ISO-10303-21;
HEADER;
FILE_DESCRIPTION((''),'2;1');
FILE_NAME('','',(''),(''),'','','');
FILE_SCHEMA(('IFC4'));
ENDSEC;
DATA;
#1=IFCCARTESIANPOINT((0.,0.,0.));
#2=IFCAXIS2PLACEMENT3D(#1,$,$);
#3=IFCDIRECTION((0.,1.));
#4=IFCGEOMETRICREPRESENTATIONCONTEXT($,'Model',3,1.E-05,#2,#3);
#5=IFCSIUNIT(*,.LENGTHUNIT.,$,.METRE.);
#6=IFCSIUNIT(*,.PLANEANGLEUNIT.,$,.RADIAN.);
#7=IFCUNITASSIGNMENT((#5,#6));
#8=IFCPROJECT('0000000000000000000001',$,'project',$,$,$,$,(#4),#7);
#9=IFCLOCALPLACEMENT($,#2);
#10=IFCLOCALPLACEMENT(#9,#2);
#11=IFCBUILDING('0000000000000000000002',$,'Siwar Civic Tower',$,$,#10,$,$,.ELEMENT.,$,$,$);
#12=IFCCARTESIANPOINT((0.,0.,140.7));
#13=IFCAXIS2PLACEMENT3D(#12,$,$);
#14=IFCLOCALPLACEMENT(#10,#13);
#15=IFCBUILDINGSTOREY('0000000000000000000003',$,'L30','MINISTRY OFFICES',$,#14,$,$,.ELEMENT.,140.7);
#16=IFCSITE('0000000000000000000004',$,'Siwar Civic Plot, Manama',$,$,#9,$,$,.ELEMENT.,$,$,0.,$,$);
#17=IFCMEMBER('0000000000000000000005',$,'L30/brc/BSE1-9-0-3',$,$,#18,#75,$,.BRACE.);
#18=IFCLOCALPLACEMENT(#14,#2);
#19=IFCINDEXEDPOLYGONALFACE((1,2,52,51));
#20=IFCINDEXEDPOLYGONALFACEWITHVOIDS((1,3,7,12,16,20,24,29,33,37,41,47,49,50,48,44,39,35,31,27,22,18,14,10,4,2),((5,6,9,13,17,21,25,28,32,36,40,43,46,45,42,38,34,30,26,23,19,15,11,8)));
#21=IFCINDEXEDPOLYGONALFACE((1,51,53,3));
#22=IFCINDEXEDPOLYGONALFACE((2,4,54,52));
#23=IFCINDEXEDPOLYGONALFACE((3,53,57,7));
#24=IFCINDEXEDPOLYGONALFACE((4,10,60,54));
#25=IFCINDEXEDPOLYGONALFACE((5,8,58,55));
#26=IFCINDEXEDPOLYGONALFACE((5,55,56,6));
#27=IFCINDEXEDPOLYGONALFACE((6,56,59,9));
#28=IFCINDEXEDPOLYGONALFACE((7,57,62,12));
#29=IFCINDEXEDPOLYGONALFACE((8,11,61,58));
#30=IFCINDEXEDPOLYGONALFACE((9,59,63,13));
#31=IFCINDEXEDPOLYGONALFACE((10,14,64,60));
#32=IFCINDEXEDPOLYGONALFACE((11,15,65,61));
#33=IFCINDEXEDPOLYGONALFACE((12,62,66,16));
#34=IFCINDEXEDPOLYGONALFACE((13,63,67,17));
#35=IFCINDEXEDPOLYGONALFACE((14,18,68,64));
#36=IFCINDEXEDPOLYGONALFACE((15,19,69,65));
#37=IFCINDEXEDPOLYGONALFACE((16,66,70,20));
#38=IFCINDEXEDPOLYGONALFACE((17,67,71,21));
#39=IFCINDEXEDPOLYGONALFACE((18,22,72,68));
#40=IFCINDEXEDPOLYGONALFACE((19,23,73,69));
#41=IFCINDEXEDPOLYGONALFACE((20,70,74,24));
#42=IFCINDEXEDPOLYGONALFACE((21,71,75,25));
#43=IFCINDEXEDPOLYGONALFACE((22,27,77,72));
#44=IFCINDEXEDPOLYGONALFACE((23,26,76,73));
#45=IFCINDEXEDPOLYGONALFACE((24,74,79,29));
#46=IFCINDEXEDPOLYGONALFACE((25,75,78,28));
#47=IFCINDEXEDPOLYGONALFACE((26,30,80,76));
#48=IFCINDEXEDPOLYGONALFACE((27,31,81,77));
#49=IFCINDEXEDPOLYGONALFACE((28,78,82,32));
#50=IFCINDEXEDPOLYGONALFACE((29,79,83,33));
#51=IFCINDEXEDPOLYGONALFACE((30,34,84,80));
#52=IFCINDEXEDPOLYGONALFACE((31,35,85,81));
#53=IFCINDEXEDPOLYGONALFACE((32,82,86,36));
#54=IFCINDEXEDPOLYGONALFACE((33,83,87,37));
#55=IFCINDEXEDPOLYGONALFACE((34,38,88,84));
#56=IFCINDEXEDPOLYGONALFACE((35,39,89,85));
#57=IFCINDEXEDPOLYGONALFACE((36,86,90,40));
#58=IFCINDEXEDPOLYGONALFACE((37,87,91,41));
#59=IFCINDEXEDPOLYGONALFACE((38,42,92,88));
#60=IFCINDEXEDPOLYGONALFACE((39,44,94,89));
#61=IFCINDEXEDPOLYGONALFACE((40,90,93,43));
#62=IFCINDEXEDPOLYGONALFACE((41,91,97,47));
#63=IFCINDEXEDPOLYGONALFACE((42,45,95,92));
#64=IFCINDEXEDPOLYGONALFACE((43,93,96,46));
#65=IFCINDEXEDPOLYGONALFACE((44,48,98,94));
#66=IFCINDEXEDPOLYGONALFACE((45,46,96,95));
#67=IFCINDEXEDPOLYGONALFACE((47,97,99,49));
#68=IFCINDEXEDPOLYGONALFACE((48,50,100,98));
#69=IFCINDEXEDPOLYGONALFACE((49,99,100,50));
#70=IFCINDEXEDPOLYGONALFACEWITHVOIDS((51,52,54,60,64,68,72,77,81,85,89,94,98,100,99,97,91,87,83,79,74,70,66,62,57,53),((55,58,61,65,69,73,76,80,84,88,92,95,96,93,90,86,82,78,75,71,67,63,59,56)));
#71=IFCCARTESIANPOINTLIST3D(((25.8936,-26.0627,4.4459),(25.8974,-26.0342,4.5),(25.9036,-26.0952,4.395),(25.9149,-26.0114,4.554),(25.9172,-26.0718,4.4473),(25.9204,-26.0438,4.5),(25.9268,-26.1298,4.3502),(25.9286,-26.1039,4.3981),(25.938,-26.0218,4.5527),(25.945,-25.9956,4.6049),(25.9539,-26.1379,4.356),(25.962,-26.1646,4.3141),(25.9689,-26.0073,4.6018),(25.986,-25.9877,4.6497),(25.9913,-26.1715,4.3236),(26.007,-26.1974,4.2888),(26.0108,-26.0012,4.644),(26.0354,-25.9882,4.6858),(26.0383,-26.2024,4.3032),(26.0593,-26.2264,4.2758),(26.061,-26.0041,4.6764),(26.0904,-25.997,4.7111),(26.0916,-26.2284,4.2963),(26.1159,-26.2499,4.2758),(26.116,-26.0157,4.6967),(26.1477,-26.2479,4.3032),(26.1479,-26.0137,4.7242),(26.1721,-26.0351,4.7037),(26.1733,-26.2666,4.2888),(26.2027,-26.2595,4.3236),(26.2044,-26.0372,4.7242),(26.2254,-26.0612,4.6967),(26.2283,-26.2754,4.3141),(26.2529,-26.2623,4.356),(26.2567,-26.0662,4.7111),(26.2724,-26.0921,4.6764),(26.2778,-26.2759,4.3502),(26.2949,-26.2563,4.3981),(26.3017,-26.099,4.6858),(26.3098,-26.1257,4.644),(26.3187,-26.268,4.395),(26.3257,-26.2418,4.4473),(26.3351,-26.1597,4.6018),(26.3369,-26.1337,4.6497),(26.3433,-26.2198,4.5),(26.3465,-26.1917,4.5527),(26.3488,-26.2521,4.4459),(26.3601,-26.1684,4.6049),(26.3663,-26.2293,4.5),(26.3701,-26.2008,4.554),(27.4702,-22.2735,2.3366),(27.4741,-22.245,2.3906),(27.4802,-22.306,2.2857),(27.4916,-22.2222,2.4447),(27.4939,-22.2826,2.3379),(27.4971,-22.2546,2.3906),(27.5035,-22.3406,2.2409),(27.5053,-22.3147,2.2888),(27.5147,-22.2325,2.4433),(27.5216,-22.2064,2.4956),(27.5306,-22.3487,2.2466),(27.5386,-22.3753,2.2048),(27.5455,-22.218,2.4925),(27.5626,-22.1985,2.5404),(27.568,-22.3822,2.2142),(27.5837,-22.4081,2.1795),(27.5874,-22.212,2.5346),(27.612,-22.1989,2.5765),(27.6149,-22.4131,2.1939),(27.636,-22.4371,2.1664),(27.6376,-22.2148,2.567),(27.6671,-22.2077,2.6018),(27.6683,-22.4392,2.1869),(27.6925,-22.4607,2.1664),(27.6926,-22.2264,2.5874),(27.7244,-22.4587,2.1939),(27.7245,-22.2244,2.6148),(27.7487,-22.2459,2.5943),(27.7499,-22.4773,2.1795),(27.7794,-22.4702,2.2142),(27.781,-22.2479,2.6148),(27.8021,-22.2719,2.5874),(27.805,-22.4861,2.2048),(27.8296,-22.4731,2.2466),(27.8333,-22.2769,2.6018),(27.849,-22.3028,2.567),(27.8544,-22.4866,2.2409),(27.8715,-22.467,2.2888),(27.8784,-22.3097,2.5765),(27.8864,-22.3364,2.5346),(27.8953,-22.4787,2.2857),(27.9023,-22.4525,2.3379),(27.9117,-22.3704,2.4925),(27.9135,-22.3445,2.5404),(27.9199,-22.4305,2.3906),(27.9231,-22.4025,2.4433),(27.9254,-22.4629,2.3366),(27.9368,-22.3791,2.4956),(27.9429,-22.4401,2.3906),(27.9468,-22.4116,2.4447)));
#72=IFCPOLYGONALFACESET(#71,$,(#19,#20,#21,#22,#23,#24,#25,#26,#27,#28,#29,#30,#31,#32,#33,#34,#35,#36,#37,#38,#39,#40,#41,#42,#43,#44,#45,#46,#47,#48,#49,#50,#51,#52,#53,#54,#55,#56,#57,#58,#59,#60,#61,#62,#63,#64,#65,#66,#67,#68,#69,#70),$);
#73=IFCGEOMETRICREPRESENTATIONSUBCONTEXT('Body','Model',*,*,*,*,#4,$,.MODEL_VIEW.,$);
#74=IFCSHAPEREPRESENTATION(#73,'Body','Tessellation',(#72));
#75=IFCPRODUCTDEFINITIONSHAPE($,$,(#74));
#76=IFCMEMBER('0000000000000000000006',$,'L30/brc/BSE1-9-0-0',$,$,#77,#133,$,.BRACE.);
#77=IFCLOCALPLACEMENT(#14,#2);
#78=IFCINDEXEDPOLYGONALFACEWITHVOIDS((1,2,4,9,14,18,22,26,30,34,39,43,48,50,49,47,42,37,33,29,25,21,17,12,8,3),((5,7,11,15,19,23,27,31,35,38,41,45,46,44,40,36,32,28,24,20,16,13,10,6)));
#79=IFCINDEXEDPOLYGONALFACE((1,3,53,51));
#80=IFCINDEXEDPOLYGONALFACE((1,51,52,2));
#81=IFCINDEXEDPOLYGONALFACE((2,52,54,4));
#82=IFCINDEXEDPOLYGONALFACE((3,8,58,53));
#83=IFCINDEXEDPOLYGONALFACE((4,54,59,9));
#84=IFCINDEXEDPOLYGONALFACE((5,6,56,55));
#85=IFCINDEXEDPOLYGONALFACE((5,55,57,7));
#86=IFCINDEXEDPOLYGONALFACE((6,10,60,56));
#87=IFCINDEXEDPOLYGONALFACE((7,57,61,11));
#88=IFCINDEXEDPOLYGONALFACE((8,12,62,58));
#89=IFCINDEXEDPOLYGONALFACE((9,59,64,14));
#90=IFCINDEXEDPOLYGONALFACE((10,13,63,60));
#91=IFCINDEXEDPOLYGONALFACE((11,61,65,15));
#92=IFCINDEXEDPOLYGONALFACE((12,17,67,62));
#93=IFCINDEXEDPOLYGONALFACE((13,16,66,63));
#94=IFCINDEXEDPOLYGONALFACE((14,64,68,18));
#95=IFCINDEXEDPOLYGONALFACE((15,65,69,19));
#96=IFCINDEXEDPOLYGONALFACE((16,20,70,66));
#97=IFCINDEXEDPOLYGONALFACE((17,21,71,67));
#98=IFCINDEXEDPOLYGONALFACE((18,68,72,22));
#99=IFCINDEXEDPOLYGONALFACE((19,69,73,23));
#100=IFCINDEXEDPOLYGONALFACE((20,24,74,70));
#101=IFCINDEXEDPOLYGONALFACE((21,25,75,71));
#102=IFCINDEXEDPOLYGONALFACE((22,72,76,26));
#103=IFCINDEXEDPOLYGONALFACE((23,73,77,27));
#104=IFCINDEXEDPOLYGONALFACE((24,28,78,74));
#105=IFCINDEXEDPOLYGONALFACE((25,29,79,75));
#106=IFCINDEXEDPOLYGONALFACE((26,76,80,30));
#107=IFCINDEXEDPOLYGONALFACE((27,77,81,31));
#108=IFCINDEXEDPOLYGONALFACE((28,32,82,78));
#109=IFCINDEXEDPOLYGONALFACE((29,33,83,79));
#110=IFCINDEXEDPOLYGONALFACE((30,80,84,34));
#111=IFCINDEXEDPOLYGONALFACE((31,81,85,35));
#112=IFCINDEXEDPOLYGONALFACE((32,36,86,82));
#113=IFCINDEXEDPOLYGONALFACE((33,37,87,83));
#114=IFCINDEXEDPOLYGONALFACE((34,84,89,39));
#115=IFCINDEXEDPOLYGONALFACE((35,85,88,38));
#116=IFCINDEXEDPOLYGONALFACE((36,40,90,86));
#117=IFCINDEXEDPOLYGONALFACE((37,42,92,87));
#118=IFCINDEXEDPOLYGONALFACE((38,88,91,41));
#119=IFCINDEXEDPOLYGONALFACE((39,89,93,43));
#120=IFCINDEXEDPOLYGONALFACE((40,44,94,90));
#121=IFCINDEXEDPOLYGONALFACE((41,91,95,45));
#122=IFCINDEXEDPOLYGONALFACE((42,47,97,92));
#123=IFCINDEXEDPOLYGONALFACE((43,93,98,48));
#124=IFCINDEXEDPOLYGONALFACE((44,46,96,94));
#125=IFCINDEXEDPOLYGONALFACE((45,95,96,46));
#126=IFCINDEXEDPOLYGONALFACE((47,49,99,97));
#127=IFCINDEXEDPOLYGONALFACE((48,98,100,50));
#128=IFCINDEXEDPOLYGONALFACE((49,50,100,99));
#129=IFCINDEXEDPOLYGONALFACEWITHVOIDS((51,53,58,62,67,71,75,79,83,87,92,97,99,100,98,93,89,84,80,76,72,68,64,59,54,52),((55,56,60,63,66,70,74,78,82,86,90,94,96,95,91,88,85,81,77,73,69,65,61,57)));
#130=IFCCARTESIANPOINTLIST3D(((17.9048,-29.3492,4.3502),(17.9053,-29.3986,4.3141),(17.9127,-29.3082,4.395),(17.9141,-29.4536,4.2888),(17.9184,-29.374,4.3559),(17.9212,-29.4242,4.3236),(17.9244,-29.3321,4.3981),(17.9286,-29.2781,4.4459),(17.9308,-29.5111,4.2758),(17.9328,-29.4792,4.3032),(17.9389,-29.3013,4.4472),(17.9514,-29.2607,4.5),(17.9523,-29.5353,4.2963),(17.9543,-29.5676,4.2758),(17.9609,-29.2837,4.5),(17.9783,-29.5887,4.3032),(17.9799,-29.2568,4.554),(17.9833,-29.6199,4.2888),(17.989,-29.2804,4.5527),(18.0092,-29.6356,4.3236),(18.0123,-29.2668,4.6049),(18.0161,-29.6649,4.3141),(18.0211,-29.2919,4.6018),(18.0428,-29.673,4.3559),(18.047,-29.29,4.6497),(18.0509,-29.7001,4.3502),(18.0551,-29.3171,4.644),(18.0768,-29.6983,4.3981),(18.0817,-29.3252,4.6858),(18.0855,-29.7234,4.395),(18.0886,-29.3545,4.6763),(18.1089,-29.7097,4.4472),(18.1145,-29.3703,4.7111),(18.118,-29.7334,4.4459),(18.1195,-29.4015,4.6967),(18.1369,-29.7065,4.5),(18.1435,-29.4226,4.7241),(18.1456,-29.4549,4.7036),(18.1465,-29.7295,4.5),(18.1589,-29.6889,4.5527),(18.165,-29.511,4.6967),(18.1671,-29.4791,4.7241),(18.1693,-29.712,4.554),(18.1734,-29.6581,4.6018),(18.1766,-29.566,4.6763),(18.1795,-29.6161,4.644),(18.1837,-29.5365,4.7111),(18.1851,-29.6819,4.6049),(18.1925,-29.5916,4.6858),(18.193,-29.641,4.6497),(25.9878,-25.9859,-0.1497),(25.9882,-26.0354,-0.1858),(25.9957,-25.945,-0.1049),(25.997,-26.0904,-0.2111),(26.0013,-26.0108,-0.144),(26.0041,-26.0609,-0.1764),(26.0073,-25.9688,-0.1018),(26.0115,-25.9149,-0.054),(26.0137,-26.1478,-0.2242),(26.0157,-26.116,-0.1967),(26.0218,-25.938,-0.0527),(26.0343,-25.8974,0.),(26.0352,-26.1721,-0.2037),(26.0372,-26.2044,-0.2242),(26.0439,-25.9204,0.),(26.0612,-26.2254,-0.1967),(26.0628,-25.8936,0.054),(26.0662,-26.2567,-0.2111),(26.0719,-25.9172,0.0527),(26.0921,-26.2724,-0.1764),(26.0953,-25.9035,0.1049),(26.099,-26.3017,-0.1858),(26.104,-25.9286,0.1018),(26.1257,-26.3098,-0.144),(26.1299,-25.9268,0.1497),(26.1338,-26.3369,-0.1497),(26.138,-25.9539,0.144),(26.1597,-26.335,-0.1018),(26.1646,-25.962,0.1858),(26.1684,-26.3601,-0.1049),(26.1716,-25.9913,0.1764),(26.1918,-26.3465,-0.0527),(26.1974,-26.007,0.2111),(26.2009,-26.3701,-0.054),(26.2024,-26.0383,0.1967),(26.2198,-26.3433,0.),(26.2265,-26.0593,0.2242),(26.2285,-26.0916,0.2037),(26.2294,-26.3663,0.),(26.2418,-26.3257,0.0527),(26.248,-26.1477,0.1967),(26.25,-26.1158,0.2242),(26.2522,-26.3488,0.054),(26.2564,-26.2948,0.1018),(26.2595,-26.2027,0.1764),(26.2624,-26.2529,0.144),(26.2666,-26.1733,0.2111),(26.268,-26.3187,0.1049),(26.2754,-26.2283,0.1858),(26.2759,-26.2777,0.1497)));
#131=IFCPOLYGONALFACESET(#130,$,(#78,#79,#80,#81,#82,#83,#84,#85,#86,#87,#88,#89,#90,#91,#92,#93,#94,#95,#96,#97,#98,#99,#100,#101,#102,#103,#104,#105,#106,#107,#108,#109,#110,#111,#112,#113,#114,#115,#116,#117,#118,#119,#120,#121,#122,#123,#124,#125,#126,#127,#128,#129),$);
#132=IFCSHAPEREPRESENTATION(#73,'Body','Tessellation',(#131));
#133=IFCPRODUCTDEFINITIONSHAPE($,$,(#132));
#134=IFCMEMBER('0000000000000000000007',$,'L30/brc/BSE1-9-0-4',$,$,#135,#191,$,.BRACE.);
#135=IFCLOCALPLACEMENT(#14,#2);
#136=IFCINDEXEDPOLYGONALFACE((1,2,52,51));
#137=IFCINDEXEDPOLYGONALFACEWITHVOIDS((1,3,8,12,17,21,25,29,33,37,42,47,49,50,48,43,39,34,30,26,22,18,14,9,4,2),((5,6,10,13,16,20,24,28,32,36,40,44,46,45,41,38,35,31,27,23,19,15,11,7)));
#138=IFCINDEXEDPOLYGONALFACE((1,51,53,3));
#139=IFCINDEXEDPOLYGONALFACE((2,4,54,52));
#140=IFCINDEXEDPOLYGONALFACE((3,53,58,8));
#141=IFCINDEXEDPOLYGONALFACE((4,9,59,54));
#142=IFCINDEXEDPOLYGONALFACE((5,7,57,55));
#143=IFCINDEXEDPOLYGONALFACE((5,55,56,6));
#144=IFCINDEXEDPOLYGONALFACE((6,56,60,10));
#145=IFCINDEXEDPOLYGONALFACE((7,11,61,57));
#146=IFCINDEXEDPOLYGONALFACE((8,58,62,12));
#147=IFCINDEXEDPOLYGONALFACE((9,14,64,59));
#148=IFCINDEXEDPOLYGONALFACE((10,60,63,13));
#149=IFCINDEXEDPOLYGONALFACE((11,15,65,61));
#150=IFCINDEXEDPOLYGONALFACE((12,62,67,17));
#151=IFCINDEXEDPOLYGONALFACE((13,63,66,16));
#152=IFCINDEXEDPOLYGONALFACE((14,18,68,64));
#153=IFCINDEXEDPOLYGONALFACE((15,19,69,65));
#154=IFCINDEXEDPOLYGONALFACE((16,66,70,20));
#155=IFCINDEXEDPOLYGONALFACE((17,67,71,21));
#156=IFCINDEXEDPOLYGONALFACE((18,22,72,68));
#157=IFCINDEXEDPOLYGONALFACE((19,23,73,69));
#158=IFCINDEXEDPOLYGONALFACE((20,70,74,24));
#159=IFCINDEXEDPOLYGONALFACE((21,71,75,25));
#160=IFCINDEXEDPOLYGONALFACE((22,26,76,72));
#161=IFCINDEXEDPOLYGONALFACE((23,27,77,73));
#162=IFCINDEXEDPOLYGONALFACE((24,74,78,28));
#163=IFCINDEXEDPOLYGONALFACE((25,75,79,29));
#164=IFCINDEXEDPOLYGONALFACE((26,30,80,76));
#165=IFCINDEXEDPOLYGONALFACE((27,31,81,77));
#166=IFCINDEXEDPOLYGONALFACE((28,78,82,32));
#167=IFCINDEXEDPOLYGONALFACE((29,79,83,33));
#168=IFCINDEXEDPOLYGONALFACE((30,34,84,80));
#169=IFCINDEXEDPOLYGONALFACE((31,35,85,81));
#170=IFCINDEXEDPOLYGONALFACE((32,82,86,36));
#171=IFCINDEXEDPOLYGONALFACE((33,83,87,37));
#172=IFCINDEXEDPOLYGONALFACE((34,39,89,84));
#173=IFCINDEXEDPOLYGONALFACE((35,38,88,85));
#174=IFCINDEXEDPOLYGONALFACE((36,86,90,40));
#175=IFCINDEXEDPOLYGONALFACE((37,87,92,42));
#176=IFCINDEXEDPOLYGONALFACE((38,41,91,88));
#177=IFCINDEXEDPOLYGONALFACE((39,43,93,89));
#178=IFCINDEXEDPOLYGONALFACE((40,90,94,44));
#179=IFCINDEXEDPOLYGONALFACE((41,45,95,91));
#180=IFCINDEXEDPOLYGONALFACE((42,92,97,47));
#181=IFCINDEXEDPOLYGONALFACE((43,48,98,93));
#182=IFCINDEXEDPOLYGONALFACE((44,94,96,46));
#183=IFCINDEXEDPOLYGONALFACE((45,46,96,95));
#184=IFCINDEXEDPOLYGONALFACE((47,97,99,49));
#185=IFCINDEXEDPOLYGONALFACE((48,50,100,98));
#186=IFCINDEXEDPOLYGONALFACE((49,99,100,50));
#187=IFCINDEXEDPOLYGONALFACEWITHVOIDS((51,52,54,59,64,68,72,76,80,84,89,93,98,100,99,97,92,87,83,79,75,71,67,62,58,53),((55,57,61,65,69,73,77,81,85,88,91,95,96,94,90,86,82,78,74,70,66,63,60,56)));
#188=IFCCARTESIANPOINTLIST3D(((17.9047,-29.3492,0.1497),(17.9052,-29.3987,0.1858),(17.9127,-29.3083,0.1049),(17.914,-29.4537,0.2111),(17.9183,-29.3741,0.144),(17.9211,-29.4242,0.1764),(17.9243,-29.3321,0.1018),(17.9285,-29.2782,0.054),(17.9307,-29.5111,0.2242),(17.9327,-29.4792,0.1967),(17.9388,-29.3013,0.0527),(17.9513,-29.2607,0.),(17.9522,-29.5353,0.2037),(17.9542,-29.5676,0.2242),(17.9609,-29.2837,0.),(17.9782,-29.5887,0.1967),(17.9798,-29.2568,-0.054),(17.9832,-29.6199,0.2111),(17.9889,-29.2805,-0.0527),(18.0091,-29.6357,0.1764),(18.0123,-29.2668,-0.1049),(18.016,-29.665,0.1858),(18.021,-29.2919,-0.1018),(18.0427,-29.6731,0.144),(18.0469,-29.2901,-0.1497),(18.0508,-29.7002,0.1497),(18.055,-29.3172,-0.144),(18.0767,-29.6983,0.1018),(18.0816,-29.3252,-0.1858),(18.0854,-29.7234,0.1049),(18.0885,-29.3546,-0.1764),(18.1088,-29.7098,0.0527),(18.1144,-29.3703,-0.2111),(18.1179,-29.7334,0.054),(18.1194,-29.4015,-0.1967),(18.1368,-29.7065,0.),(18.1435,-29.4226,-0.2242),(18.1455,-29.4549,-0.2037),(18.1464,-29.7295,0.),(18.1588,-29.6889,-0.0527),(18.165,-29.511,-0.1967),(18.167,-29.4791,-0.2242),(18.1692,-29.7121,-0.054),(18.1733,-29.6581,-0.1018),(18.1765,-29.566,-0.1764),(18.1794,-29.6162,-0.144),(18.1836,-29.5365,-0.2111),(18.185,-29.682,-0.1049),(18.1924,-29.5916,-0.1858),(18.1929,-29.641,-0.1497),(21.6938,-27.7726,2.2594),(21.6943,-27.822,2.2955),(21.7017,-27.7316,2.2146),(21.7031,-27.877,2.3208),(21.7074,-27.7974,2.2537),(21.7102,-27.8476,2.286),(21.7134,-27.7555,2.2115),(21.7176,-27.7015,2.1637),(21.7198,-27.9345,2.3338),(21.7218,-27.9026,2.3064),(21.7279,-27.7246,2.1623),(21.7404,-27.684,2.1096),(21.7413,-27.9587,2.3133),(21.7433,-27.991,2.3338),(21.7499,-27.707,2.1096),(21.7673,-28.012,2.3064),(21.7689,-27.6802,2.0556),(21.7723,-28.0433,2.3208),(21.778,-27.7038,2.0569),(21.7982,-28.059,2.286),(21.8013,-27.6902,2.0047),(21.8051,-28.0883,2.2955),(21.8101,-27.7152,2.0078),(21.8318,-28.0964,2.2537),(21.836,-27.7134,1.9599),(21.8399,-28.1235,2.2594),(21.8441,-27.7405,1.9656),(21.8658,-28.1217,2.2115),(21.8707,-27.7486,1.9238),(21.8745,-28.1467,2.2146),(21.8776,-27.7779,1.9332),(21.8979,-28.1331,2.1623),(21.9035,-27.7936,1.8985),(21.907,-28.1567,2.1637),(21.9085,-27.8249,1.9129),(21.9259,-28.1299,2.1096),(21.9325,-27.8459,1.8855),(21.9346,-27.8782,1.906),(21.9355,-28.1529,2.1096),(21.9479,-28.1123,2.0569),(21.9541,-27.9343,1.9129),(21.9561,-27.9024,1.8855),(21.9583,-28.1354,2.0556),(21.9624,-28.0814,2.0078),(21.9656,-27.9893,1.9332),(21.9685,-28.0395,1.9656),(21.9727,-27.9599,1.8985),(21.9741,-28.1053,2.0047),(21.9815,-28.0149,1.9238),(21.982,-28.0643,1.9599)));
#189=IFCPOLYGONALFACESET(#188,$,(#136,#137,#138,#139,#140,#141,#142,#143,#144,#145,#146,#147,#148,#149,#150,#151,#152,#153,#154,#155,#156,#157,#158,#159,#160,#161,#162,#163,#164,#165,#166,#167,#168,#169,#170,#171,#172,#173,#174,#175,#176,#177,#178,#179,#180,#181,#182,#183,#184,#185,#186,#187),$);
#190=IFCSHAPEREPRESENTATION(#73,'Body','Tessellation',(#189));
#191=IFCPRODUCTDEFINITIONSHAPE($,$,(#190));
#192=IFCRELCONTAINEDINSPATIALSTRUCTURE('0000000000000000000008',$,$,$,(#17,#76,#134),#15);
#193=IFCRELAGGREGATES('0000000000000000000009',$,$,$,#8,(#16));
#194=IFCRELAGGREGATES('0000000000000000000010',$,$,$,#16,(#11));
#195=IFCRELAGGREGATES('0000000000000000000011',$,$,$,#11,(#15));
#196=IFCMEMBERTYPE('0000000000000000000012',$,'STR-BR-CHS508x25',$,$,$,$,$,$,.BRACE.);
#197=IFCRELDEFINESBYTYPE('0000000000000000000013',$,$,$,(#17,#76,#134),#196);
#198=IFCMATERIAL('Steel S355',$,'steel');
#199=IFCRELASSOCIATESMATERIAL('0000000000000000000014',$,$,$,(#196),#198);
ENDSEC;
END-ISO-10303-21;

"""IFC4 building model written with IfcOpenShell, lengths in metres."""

from ifc_helpers import new_model, si_unit, direction, frame, origin, origin_2d, place, context, subcontext, project, spatial, hollow_circle, extrude, material, material_profile, profile_set, type_object, element, save


model = new_model("IFC4")

# Units and contexts
model_context = context("Model", 3, precision=1e-05, world=origin(), true_north=direction((0.0, 1.0)))
body_context = subcontext(model_context, "Body", "Model", "MODEL_VIEW")
ifc_project = project(units=[si_unit("LENGTHUNIT", "METRE"), si_unit("PLANEANGLEUNIT", "RADIAN")], contexts=[model_context])

# Site, building, storey
site_placement = place(None, origin())
site = spatial("IfcSite", under=ifc_project, at=site_placement, Name="Siwar Civic Plot, Manama", CompositionType="ELEMENT", RefElevation=0.0)
building_placement = place(site_placement, origin())
building = spatial("IfcBuilding", under=site, at=building_placement, Name="Siwar Civic Tower", CompositionType="ELEMENT")
storey_placement = place(building_placement, frame((0.0, 0.0, 140.7)))
storey = spatial("IfcBuildingStorey", under=building, at=storey_placement, Name="L30", Description="MINISTRY OFFICES", CompositionType="ELEMENT", Elevation=140.7)

# Members
ifc_material_1 = material(Name="Steel S355", Category="steel")
ifc_material_profile_1 = material_profile(ifc_material_1, hollow_circle(Radius=0.2539, WallThickness=0.0249, at=origin_2d()), Name="CHS508x25")
ifc_profile_set_1 = profile_set([ifc_material_profile_1], Name="Steel S355")
member_type_1 = type_object("IfcMemberType", Name="STR-BR-CHS508x25", PredefinedType="BRACE", material=ifc_profile_set_1)
member_1_placement = place(storey_placement, frame((27.7085, -22.3425, 2.3906), z_axis=(-0.341671, -0.821163, 0.457113), x_axis=(0.923269, -0.384155, 0.0)))
element("IfcMember", 1, at=member_1_placement, inside=storey, type_object=member_type_1, Name="L30/brc/BSE1-9-0-3", PredefinedType="BRACE", context=body_context, shape_type="SweptSolid", body=[
    extrude(hollow_circle(Radius=0.2539, WallThickness=0.0249, at=origin_2d()), origin(), (0.0, 0.0, 1.0), 4.6145),
])
member_2_placement = place(storey_placement, frame((26.1318, -26.1318, 0.0), z_axis=(-0.821143, -0.341671, 0.457149), x_axis=(0.384164, -0.923265, 0.0)))
element("IfcMember", 2, at=member_2_placement, inside=storey, type_object=member_type_1, Name="L30/brc/BSE1-9-0-0", PredefinedType="BRACE", context=body_context, shape_type="SweptSolid", body=[
    extrude(hollow_circle(Radius=0.2539, WallThickness=0.0249, at=origin_2d()), origin(), (0.0, 0.0, 1.0), 9.8435),
])
for number, where, z_axis, x_axis, name in (
    (3, (18.0488, -29.4951, 0.0), (0.821126, 0.341677, 0.457175), (-0.384176, 0.92326, 0.0), "L30/brc/BSE1-9-0-4"),
):
    element("IfcMember", number, at=place(storey_placement, frame(where, z_axis=z_axis, x_axis=x_axis)), inside=storey, type_object=member_type_1, Name=name, PredefinedType="BRACE", context=body_context, shape_type="SweptSolid", body=[
        extrude(hollow_circle(Radius=0.2539, WallThickness=0.0249, at=origin_2d()), origin(), (0.0, 0.0, 1.0), 4.6145),
    ])

save(model, "model.ifc")
